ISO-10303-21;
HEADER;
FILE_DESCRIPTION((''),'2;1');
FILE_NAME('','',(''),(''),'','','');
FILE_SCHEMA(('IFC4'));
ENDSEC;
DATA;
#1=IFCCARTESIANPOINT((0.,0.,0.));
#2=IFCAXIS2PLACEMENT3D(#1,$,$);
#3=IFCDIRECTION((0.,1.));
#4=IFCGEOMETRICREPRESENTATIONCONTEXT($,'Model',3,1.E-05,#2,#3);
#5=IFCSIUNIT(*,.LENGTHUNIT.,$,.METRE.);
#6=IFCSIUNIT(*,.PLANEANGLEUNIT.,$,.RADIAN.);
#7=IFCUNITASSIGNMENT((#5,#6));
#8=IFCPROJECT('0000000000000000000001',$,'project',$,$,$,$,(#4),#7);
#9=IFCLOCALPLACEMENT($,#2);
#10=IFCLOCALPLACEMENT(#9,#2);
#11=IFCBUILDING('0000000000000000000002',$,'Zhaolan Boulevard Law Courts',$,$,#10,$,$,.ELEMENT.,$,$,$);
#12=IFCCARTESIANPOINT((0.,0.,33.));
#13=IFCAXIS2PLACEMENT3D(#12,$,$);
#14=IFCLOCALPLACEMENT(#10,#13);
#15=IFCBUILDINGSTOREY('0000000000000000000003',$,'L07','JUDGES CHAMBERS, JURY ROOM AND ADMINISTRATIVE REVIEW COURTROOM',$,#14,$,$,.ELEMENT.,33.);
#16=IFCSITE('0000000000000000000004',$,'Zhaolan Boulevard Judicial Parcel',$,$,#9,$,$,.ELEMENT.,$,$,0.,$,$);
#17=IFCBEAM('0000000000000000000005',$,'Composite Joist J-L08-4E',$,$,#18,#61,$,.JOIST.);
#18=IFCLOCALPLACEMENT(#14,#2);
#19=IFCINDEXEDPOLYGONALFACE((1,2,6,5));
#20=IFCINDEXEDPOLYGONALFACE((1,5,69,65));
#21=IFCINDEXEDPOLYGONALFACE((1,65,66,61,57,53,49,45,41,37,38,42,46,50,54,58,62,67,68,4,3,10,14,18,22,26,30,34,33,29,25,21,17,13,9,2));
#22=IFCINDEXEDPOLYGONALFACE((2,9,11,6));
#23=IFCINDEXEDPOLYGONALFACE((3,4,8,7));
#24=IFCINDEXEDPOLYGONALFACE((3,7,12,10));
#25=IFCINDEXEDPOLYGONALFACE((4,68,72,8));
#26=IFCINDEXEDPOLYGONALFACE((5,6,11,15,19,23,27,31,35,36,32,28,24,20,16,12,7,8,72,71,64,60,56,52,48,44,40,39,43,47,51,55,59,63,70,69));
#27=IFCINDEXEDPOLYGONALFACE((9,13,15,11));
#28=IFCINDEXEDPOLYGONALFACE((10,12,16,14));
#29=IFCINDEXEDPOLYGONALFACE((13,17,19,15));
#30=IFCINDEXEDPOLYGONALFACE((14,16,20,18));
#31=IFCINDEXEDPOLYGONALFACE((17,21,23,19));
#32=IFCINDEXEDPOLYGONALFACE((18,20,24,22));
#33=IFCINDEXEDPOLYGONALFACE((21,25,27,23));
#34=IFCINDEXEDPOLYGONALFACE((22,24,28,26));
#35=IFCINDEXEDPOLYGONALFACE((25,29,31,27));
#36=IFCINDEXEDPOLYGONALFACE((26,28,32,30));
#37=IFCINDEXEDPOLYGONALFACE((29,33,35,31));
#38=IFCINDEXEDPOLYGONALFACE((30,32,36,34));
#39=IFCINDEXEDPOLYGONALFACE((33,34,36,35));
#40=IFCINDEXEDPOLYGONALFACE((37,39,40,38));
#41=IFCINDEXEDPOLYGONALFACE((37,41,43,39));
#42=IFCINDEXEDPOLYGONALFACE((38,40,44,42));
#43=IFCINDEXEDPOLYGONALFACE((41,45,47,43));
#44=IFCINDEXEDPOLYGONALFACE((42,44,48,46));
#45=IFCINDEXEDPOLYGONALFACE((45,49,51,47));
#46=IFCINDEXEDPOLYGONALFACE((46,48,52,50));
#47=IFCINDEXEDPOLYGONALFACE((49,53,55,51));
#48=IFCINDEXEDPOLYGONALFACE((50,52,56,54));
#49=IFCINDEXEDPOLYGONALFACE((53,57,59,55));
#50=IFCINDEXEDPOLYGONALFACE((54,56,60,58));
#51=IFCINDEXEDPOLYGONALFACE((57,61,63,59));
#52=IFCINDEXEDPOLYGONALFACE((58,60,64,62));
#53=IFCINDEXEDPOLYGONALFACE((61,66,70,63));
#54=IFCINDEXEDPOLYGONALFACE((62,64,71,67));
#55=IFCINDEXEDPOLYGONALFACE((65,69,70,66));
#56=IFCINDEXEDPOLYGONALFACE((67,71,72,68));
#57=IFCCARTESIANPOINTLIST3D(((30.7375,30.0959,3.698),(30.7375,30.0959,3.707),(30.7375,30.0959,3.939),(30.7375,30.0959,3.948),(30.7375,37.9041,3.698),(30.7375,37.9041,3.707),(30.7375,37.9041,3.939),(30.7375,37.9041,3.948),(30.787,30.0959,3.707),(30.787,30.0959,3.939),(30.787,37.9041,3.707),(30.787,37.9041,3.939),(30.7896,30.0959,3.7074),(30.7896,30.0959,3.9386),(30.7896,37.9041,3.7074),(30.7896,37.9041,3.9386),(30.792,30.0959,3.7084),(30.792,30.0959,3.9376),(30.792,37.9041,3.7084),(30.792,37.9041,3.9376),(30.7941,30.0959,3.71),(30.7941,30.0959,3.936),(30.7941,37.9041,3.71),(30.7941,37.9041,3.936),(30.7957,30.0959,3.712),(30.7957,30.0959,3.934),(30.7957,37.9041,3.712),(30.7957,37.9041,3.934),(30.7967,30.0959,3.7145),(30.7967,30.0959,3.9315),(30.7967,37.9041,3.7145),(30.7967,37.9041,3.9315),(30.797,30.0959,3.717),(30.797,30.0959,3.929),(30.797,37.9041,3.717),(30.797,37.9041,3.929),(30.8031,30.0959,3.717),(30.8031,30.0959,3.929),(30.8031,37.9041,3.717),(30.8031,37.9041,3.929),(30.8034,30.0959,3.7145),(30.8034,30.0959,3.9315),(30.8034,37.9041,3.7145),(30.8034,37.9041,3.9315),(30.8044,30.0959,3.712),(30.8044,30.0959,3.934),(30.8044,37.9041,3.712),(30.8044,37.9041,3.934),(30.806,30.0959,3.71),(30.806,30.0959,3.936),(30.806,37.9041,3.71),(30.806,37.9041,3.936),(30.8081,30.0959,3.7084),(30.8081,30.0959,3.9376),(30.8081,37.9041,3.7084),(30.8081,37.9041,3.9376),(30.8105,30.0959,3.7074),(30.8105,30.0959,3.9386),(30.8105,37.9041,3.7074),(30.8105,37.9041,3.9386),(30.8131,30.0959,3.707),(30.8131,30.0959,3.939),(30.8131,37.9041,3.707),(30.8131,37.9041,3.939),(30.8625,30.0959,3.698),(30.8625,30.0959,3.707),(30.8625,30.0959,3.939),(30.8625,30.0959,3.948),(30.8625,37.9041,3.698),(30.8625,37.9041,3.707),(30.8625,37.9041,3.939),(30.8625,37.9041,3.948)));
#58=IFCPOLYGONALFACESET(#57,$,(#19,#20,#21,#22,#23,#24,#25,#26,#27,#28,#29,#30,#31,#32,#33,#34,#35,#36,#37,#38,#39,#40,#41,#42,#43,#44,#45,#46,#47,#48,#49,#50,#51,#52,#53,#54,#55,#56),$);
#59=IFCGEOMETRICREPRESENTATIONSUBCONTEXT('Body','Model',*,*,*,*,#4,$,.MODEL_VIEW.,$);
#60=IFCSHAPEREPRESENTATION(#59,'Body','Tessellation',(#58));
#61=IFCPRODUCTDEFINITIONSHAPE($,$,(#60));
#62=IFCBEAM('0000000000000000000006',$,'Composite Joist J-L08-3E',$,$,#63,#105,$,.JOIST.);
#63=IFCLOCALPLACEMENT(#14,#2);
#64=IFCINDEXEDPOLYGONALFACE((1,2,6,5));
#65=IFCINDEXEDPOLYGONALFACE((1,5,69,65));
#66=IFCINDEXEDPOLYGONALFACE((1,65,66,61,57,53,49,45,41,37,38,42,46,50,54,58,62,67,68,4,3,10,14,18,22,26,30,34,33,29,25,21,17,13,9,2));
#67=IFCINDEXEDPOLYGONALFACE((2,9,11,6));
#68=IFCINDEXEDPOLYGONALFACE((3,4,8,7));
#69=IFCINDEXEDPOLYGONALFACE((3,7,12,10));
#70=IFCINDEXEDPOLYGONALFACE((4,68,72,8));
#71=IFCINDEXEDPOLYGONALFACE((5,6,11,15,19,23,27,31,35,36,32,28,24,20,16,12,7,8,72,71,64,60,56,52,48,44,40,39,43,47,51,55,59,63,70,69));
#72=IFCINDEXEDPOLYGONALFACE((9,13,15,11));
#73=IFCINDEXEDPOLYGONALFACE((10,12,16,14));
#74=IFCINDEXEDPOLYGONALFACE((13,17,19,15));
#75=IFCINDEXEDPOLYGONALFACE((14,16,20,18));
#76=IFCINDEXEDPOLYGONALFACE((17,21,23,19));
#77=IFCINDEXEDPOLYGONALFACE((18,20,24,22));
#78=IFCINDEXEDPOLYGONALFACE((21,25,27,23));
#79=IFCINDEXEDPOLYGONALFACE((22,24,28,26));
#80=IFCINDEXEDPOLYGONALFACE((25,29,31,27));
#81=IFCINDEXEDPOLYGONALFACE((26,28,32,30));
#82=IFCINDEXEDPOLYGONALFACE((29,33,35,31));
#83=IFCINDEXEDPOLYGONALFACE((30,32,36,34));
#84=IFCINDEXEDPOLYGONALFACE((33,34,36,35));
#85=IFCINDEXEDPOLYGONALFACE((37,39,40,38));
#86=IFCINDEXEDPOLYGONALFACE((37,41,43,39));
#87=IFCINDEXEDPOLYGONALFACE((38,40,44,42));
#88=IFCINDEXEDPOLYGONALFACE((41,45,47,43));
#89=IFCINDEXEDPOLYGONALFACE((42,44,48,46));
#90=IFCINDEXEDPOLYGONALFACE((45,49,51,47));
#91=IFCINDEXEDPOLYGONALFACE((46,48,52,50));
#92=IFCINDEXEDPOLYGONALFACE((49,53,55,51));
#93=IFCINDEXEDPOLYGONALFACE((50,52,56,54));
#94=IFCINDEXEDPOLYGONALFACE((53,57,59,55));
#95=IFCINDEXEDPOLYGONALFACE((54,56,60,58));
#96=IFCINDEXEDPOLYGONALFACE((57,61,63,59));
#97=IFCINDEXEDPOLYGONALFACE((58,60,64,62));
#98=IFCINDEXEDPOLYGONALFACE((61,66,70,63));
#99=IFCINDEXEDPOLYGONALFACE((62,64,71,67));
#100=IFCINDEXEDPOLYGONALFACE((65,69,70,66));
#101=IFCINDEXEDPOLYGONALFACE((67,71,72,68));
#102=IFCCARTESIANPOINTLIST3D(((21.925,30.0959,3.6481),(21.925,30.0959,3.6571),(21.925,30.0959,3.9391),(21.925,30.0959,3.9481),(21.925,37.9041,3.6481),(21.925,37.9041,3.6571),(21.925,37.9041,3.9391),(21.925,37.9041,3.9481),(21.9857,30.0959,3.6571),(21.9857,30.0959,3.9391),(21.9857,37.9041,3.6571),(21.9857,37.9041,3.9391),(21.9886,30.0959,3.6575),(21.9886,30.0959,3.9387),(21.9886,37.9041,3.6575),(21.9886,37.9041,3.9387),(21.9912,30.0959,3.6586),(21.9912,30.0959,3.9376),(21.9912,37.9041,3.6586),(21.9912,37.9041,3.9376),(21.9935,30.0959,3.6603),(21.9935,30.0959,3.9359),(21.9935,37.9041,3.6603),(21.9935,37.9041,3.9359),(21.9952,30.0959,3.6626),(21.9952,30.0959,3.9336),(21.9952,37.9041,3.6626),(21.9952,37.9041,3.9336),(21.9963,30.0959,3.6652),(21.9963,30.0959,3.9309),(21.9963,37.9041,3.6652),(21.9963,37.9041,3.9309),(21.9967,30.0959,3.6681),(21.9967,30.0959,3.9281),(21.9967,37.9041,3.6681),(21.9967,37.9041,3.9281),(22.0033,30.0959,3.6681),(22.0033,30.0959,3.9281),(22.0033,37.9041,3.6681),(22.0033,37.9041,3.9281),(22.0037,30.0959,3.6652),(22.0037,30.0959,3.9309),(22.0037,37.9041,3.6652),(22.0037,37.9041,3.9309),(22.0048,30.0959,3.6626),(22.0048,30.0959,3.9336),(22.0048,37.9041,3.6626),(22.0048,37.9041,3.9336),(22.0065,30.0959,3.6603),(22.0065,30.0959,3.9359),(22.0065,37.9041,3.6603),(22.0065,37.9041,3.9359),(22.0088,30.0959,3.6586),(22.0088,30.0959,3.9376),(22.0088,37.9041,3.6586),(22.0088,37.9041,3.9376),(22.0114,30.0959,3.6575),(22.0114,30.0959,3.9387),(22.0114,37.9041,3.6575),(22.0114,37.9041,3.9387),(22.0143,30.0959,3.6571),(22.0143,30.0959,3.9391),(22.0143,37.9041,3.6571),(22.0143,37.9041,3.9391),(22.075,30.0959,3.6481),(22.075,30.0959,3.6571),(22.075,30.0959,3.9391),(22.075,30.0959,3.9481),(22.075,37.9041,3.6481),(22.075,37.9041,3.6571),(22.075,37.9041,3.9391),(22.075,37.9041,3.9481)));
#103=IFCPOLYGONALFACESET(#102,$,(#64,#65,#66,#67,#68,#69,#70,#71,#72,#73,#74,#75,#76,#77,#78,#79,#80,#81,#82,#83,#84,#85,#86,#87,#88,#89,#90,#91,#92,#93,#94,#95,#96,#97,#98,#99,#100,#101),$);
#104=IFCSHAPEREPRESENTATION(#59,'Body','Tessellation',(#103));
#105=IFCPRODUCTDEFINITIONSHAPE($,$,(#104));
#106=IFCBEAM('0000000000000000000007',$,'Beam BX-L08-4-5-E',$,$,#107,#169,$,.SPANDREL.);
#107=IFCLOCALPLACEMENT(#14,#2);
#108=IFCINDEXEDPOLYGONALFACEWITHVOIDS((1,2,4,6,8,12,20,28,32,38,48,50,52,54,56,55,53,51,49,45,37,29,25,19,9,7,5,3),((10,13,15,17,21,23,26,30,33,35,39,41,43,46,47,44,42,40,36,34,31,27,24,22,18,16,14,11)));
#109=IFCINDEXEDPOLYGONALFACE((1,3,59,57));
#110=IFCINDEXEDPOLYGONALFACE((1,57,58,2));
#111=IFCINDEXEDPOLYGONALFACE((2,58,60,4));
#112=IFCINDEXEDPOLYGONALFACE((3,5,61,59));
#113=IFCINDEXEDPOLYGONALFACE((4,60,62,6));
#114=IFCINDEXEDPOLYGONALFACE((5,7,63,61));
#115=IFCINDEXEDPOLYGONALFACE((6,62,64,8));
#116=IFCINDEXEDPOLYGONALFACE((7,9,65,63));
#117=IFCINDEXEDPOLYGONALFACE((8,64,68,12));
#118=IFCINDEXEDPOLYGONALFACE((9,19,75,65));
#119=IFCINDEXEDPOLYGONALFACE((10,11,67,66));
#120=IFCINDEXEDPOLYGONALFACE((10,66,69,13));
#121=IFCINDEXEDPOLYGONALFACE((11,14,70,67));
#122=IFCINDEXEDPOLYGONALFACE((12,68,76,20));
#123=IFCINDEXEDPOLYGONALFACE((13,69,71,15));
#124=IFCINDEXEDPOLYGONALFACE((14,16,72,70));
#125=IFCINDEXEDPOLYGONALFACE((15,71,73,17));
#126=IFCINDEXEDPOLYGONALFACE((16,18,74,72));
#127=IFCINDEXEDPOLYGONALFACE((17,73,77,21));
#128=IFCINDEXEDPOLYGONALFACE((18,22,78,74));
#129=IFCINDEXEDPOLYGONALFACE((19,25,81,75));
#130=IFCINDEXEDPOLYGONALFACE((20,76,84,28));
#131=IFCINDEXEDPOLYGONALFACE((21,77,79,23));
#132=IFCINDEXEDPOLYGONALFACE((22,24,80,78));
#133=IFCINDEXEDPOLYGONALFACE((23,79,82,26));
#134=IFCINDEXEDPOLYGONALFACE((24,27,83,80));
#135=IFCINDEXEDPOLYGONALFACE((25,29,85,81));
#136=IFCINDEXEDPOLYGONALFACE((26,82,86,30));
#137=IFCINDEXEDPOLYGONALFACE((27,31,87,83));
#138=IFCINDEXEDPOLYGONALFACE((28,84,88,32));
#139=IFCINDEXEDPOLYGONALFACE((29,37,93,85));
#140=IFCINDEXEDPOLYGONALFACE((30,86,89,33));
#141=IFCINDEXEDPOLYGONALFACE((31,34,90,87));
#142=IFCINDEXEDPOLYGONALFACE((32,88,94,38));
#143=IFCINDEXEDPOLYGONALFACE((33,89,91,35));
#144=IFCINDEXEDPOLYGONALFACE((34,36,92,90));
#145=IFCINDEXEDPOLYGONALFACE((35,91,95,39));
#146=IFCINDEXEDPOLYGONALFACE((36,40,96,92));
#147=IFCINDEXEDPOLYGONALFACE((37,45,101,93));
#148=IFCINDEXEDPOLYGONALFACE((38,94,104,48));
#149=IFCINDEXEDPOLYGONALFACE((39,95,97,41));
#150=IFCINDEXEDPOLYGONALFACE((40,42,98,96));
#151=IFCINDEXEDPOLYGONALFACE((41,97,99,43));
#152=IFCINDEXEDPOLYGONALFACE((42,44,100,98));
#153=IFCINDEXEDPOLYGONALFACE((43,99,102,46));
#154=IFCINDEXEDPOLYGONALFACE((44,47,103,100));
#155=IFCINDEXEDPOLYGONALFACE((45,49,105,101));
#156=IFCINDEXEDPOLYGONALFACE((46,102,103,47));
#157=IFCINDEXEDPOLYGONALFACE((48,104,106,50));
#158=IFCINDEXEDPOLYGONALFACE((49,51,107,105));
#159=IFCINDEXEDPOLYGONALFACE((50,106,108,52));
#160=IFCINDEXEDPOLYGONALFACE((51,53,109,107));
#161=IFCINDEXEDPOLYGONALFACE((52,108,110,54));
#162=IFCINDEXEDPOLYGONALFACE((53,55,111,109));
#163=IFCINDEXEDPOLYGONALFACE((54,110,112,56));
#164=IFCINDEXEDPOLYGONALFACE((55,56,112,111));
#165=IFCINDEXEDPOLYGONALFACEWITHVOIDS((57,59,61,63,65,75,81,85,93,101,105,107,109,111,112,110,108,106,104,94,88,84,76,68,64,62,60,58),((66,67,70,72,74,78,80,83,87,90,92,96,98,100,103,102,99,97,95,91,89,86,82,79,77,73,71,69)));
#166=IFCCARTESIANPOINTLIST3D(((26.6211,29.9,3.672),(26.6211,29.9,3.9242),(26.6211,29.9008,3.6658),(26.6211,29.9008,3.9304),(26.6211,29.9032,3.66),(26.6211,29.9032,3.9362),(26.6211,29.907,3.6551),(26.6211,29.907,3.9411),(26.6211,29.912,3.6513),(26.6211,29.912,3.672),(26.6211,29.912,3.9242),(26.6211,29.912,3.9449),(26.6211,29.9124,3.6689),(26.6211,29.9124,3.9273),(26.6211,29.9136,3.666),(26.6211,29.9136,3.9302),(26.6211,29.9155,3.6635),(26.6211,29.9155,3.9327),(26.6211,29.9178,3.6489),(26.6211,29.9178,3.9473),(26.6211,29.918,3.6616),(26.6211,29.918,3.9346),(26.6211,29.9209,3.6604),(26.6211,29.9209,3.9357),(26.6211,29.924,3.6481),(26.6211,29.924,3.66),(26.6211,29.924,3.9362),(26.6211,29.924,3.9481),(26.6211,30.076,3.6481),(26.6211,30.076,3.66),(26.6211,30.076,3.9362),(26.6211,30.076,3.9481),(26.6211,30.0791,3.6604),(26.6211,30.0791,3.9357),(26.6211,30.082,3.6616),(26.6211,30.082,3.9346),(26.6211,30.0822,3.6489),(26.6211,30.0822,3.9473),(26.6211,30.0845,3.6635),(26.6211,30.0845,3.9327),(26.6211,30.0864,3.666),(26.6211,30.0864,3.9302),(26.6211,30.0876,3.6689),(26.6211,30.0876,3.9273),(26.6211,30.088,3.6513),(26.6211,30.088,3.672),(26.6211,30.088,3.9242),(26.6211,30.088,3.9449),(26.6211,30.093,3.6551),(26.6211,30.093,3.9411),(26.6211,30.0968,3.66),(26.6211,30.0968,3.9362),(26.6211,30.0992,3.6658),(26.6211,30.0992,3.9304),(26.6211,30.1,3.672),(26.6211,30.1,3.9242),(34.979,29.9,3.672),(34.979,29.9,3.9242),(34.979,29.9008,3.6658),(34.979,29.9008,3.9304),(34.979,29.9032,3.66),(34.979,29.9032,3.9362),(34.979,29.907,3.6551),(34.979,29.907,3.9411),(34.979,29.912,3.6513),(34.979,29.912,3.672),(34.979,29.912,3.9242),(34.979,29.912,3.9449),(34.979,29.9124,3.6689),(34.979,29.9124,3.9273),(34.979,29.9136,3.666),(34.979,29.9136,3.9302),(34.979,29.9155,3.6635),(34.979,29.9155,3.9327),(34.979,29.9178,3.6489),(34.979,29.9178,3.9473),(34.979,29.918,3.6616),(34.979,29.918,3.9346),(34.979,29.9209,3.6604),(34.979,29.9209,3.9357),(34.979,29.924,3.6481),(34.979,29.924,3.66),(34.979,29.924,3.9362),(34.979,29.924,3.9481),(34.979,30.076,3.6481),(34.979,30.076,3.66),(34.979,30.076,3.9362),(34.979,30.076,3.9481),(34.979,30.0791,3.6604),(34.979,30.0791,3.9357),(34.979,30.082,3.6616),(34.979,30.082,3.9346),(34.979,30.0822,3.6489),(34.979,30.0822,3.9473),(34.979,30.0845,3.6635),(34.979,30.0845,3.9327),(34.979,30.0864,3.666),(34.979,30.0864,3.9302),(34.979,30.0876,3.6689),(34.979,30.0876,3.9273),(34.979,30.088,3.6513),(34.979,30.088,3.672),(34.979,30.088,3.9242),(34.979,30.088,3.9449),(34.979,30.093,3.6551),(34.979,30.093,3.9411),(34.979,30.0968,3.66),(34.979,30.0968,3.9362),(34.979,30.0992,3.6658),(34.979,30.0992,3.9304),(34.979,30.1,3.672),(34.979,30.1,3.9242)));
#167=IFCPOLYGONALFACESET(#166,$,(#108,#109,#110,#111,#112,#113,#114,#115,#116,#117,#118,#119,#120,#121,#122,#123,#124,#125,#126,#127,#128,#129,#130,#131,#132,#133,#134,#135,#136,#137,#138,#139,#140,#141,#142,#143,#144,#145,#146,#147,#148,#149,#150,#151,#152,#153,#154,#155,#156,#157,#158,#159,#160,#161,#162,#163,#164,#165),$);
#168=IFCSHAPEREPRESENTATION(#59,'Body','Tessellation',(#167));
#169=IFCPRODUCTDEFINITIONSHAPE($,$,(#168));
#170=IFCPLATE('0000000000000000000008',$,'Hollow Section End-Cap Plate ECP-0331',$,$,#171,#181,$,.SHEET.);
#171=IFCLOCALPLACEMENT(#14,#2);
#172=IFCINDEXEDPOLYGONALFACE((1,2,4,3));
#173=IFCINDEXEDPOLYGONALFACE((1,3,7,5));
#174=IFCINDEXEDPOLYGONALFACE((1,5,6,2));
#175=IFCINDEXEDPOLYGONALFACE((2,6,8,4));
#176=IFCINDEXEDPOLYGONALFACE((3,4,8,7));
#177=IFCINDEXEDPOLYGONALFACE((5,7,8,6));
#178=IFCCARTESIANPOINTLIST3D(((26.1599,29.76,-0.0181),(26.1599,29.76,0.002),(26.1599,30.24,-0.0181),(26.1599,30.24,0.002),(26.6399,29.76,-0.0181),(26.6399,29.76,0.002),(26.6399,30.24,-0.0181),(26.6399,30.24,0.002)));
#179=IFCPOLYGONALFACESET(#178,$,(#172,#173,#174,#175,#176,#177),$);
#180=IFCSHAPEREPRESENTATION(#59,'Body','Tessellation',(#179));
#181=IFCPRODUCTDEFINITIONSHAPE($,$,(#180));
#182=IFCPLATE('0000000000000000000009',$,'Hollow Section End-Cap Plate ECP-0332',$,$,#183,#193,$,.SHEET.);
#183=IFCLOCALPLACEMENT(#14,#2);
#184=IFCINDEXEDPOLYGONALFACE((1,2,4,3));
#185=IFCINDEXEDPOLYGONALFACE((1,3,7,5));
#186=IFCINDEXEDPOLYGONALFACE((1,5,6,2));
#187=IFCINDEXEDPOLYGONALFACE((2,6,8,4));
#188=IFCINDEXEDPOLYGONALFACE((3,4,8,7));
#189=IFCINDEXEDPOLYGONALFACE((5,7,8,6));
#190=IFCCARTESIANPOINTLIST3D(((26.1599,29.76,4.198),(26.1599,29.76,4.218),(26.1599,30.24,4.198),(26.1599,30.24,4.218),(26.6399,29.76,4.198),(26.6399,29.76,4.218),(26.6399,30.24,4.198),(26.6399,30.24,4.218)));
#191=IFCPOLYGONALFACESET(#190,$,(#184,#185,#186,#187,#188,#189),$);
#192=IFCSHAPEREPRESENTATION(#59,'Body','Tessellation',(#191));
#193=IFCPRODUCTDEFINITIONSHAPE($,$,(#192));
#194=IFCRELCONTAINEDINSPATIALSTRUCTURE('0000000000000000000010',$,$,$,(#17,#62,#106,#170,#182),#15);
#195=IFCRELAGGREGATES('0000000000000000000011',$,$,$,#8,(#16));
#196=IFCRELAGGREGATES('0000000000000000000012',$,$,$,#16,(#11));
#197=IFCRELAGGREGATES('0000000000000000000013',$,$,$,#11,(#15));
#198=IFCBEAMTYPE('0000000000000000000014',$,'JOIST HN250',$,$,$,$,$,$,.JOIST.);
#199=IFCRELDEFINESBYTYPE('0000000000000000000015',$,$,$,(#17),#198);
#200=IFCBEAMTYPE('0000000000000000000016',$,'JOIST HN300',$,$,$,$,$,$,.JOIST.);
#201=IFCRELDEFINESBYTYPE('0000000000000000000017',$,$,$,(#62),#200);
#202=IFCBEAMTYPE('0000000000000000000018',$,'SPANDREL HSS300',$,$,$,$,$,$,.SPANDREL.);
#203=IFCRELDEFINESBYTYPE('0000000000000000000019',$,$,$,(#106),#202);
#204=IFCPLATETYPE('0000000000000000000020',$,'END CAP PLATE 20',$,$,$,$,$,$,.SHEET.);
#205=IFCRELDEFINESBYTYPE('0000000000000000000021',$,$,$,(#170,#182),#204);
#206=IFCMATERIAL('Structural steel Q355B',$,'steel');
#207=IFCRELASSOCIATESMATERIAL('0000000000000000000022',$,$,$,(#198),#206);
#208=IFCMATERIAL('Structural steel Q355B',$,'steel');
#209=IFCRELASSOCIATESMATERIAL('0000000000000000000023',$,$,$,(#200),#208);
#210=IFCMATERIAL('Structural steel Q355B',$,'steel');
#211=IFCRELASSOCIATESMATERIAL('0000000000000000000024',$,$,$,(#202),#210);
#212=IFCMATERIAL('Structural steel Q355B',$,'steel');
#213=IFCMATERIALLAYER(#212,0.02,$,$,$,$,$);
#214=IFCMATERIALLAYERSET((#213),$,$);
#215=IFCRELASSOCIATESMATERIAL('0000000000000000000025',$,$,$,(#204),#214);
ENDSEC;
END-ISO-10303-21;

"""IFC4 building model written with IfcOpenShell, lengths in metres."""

from ifc_helpers import new_model, si_unit, direction, frame, origin, origin_2d, place, context, subcontext, project, spatial, rectangle, hollow_rectangle, i_section, extrude, material, layer, layer_set, material_profile, profile_set, type_object, element, save


model = new_model("IFC4")

# Units and contexts
model_context = context("Model", 3, precision=1e-05, world=origin(), true_north=direction((0.0, 1.0)))
body_context = subcontext(model_context, "Body", "Model", "MODEL_VIEW")
ifc_project = project(units=[si_unit("LENGTHUNIT", "METRE"), si_unit("PLANEANGLEUNIT", "RADIAN")], contexts=[model_context])

# Site, building, storey
site_placement = place(None, origin())
site = spatial("IfcSite", under=ifc_project, at=site_placement, Name="Zhaolan Boulevard Judicial Parcel", CompositionType="ELEMENT", RefElevation=0.0)
building_placement = place(site_placement, origin())
building = spatial("IfcBuilding", under=site, at=building_placement, Name="Zhaolan Boulevard Law Courts", CompositionType="ELEMENT")
storey_placement = place(building_placement, frame((0.0, 0.0, 33.0)))
storey = spatial("IfcBuildingStorey", under=building, at=storey_placement, Name="L07", Description="JUDGES CHAMBERS, JURY ROOM AND ADMINISTRATIVE REVIEW COURTROOM", CompositionType="ELEMENT", Elevation=33.0)

# Beams
ifc_material_1 = material(Name="Structural steel Q355B", Category="steel")
ifc_material_profile_1 = material_profile(ifc_material_1, i_section(OverallWidth=0.125, OverallDepth=0.25, WebThickness=0.0061, FlangeThickness=0.009, FilletRadius=0.01, at=origin_2d()), Name="HN250x125")
ifc_profile_set_1 = profile_set([ifc_material_profile_1], Name="Structural steel Q355B")
beam_type_1 = type_object("IfcBeamType", Name="JOIST HN250", PredefinedType="JOIST", material=ifc_profile_set_1)
for number, where, z_axis, x_axis, name in (
    (1, (30.8, 30.0959, 3.823), (0.0, 1.0, 0.0), (-1.0, 0.0, 0.0), "Composite Joist J-L08-4E"),
):
    element("IfcBeam", number, at=place(storey_placement, frame(where, z_axis=z_axis, x_axis=x_axis)), inside=storey, type_object=beam_type_1, Name=name, PredefinedType="JOIST", context=body_context, shape_type="SweptSolid", body=[
        extrude(i_section(OverallWidth=0.125, OverallDepth=0.25, WebThickness=0.0061, FlangeThickness=0.009, FilletRadius=0.01, at=origin_2d()), origin(), (0.0, 0.0, 1.0), 7.8081),
    ])
ifc_material_2 = material(Name="Structural steel Q355B", Category="steel")
ifc_material_profile_2 = material_profile(ifc_material_2, i_section(OverallWidth=0.1499, OverallDepth=0.3, WebThickness=0.0066, FlangeThickness=0.009, FilletRadius=0.011, at=origin_2d()), Name="HN300x150")
ifc_profile_set_2 = profile_set([ifc_material_profile_2], Name="Structural steel Q355B")
beam_type_2 = type_object("IfcBeamType", Name="JOIST HN300", PredefinedType="JOIST", material=ifc_profile_set_2)
beam_1_placement = place(storey_placement, frame((22.0, 30.0959, 3.7981), z_axis=(0.0, 1.0, 0.0), x_axis=(-1.0, 0.0, 0.0)))
element("IfcBeam", 2, at=beam_1_placement, inside=storey, type_object=beam_type_2, Name="Composite Joist J-L08-3E", PredefinedType="JOIST", context=body_context, shape_type="SweptSolid", body=[
    extrude(i_section(OverallWidth=0.1499, OverallDepth=0.3, WebThickness=0.0066, FlangeThickness=0.009, FilletRadius=0.011, at=origin_2d()), origin(), (0.0, 0.0, 1.0), 7.8081),
])
ifc_material_3 = material(Name="Structural steel Q355B", Category="steel")
ifc_material_profile_3 = material_profile(ifc_material_3, hollow_rectangle(XDim=0.2, YDim=0.3, WallThickness=0.012, InnerFilletRadius=0.012, OuterFilletRadius=0.0239, at=origin_2d()), Name="HSS300x200x12")
ifc_profile_set_3 = profile_set([ifc_material_profile_3], Name="Structural steel Q355B")
beam_type_3 = type_object("IfcBeamType", Name="SPANDREL HSS300", PredefinedType="SPANDREL", material=ifc_profile_set_3)
beam_2_placement = place(storey_placement, frame((26.6211, 30.0, 3.7981), z_axis=(1.0, 0.0, 0.0), x_axis=(0.0, 1.0, 0.0)))
element("IfcBeam", 3, at=beam_2_placement, inside=storey, type_object=beam_type_3, Name="Beam BX-L08-4-5-E", PredefinedType="SPANDREL", context=body_context, shape_type="SweptSolid", body=[
    extrude(hollow_rectangle(XDim=0.2, YDim=0.3, WallThickness=0.012, InnerFilletRadius=0.012, OuterFilletRadius=0.0239, at=origin_2d()), origin(), (0.0, 0.0, 1.0), 8.3579),
])

# Plates
ifc_material_4 = material(Name="Structural steel Q355B", Category="steel")
ifc_layer_1 = layer(ifc_material_4, 0.02)
ifc_layer_set_1 = layer_set([ifc_layer_1])
plate_type = type_object("IfcPlateType", Name="END CAP PLATE 20", PredefinedType="SHEET", material=ifc_layer_set_1)
for number, where, z_axis, x_axis, name in (
    (4, (26.3999, 30.0, -0.0181), (0.0, 0.0, 1.0), (1.0, 0.0, 0.0), "Hollow Section End-Cap Plate ECP-0331"),
    (5, (26.3999, 30.0, 4.198), (0.0, 0.0, 1.0), (1.0, 0.0, 0.0), "Hollow Section End-Cap Plate ECP-0332"),
):
    element("IfcPlate", number, at=place(storey_placement, frame(where, z_axis=z_axis, x_axis=x_axis)), inside=storey, type_object=plate_type, Name=name, PredefinedType="SHEET", context=body_context, shape_type="SweptSolid", body=[
        extrude(rectangle(XDim=0.48, YDim=0.48, at=origin_2d()), origin(), (0.0, 0.0, 1.0), 0.02),
    ])

save(model, "model.ifc")
